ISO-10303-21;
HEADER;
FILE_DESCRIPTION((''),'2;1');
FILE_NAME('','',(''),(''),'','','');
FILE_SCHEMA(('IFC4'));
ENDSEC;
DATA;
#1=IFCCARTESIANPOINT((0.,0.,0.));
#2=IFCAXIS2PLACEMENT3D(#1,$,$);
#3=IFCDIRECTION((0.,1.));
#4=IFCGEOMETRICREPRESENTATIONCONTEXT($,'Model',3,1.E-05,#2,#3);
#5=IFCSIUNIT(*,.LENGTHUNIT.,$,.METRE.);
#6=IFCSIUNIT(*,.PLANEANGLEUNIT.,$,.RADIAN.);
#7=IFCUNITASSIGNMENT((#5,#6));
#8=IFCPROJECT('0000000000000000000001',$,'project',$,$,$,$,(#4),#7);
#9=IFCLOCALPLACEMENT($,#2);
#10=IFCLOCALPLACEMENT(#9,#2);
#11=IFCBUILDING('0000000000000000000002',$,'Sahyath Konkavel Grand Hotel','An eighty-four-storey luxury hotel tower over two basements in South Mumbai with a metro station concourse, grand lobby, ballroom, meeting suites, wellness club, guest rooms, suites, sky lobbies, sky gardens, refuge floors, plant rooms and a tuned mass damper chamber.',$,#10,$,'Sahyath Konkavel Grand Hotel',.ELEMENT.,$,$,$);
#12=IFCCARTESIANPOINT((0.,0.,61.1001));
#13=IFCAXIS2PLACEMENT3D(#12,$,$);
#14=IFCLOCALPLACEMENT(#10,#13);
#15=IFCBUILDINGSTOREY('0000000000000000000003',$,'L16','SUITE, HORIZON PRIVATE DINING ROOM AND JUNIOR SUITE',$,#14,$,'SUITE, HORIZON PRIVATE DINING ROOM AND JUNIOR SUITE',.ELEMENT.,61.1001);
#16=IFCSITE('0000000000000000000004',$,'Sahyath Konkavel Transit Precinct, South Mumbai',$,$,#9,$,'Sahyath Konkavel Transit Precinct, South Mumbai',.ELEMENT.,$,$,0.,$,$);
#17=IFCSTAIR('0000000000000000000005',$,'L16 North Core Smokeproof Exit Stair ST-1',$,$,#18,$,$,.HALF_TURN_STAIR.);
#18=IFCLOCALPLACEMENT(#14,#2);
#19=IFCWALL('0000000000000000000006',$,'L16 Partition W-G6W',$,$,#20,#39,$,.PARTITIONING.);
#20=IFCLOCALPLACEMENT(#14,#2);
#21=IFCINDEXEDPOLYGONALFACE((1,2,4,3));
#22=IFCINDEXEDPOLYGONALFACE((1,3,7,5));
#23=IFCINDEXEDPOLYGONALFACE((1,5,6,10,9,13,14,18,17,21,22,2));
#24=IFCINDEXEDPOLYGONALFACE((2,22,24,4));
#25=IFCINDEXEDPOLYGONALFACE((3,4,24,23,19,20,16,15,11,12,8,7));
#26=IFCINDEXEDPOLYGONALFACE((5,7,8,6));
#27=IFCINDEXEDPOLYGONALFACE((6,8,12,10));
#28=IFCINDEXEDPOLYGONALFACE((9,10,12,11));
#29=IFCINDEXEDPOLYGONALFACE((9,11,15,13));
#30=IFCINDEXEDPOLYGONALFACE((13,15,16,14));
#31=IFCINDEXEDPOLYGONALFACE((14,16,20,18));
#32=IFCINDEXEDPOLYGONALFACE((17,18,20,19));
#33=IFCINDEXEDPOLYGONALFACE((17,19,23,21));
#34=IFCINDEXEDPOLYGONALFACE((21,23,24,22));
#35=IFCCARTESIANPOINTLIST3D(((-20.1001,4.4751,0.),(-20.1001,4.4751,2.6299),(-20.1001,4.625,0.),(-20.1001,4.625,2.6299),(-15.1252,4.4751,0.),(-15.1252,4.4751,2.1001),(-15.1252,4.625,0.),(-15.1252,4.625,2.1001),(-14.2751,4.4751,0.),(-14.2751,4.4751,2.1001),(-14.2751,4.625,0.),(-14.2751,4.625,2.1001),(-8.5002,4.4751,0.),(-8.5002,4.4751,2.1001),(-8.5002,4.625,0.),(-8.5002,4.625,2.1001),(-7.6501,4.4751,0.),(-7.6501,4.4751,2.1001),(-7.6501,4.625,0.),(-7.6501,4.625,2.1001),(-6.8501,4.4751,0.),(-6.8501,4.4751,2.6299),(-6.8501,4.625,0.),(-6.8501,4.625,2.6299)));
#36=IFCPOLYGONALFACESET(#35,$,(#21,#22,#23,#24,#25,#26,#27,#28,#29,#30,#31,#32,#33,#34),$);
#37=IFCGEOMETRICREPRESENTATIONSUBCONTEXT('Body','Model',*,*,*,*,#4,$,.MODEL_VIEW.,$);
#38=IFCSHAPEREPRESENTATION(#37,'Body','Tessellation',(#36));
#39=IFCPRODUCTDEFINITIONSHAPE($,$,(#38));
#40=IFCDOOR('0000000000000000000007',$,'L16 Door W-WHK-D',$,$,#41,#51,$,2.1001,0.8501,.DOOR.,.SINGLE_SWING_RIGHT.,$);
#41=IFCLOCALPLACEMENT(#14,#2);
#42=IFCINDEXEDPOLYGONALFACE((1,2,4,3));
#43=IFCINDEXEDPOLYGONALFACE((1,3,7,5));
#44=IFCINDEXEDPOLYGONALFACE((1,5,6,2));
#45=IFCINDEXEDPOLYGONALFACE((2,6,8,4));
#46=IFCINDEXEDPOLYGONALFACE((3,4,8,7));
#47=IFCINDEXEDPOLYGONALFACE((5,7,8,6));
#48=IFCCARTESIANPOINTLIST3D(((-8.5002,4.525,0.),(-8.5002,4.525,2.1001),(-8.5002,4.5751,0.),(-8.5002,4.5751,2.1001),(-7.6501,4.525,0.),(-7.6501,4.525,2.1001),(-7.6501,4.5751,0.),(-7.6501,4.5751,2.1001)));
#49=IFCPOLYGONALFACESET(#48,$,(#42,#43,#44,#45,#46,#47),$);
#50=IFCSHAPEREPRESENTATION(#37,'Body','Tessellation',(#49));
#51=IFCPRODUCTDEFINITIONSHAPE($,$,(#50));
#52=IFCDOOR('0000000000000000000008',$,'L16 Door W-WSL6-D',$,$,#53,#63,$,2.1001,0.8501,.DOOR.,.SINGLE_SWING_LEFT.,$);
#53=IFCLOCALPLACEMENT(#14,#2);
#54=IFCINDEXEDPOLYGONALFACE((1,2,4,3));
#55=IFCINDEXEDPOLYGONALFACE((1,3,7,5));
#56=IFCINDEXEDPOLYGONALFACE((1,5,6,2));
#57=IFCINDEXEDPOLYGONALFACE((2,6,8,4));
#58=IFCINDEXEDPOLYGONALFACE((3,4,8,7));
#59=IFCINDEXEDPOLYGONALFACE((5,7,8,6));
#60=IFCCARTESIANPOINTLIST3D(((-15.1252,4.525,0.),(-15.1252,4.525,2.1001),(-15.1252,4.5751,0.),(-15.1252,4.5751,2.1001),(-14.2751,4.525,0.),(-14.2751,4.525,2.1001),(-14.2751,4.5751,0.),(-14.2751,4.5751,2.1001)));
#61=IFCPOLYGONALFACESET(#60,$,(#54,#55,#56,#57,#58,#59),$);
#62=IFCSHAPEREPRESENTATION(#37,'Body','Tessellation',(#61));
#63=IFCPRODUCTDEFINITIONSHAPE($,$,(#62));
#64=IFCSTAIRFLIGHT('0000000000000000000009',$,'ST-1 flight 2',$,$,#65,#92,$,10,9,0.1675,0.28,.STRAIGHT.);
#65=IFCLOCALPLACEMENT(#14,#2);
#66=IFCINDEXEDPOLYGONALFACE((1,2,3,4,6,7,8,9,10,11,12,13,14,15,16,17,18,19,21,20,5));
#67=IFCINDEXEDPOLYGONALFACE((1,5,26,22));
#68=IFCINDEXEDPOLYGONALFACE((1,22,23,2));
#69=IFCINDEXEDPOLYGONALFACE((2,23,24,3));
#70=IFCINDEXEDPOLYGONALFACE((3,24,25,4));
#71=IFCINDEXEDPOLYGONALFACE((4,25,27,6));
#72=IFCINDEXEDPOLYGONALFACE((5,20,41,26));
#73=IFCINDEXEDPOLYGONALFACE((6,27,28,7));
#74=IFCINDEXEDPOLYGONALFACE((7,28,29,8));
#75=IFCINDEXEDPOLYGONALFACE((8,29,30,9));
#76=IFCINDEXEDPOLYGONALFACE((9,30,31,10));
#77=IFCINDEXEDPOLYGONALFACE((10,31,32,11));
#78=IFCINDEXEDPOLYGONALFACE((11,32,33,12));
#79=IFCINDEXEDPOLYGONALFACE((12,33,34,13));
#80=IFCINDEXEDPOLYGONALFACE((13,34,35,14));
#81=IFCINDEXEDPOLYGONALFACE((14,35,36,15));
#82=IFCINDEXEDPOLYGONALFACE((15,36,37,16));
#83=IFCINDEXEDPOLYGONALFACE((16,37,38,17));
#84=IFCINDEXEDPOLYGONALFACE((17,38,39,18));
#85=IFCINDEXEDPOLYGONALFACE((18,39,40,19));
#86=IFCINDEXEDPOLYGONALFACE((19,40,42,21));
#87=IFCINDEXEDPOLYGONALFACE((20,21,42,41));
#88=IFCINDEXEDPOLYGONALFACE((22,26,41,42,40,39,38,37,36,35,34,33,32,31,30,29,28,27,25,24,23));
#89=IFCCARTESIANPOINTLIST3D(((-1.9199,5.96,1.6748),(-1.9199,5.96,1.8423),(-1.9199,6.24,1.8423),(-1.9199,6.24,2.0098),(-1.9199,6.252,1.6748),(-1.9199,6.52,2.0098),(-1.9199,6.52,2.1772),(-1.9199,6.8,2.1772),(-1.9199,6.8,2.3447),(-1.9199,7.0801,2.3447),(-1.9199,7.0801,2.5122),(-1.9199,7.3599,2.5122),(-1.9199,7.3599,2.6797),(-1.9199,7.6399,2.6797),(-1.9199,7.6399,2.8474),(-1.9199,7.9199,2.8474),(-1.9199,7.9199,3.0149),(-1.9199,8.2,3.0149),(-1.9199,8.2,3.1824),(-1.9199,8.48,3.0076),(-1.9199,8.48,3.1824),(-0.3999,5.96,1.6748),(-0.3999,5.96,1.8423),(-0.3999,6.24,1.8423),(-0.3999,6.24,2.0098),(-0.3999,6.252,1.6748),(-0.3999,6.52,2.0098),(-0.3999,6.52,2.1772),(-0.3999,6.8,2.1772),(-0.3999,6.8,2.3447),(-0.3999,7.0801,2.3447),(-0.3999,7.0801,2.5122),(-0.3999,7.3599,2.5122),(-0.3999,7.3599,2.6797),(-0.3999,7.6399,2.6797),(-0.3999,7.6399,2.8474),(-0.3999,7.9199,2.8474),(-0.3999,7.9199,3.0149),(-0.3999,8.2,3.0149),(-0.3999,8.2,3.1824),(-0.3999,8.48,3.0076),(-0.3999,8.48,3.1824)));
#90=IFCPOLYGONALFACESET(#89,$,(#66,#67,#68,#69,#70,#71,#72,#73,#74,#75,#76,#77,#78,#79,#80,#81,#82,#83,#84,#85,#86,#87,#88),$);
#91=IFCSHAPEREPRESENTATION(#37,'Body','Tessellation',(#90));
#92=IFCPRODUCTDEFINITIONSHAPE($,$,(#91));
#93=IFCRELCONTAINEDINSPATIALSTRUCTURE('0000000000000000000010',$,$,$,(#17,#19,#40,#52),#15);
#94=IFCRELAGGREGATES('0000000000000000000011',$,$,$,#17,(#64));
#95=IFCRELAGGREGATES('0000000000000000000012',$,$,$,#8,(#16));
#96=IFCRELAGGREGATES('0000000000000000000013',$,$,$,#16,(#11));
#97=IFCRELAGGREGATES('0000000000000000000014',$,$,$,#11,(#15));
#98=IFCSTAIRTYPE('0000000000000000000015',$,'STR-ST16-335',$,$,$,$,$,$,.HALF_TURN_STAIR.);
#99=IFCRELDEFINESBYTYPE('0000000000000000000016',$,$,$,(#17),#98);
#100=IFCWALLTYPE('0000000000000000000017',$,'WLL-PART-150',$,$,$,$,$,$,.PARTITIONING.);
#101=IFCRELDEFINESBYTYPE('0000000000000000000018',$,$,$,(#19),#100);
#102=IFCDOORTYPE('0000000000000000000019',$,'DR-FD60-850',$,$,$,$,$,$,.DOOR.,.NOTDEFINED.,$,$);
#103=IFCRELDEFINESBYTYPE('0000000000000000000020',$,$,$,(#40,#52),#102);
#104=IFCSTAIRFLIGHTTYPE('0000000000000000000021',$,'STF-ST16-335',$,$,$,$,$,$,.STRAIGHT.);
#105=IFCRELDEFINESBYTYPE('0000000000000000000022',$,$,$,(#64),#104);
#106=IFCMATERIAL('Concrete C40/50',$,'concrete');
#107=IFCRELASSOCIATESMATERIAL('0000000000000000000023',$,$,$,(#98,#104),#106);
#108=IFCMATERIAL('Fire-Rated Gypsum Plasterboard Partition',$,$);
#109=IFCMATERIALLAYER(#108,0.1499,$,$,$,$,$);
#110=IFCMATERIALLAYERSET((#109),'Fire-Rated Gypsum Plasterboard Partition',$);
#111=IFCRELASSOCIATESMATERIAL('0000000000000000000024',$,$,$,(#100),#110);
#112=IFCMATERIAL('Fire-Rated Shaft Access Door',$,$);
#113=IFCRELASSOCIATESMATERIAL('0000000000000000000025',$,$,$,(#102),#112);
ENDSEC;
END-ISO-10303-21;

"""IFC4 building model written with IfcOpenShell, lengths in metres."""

from ifc_helpers import new_model, si_unit, direction, frame, frame_2d, origin, origin_2d, place, context, subcontext, project, spatial, polyline, rectangle, outline, extrude, source, transform, mapped, material, layer, layer_set, type_object, element, fill, aggregate, save


model = new_model("IFC4")

# Units and contexts
model_context = context("Model", 3, precision=1e-05, world=origin(), true_north=direction((0.0, 1.0)))
body_context = subcontext(model_context, "Body", "Model", "MODEL_VIEW")
ifc_project = project(units=[si_unit("LENGTHUNIT", "METRE"), si_unit("PLANEANGLEUNIT", "RADIAN")], contexts=[model_context])

# Site, building, storey
site_placement = place(None, origin())
site = spatial("IfcSite", under=ifc_project, at=site_placement, Name="Sahyath Konkavel Transit Precinct, South Mumbai", LongName="Sahyath Konkavel Transit Precinct, South Mumbai", CompositionType="ELEMENT", RefElevation=0.0)
building_placement = place(site_placement, origin())
building = spatial("IfcBuilding", under=site, at=building_placement, Name="Sahyath Konkavel Grand Hotel", Description="An eighty-four-storey luxury hotel tower over two basements in South Mumbai with a metro station concourse, grand lobby, ballroom, meeting suites, wellness club, guest rooms, suites, sky lobbies, sky gardens, refuge floors, plant rooms and a tuned mass damper chamber.", LongName="Sahyath Konkavel Grand Hotel", CompositionType="ELEMENT")
storey_placement = place(building_placement, frame((0.0, 0.0, 61.1001)))
storey = spatial("IfcBuildingStorey", under=building, at=storey_placement, Name="L16", Description="SUITE, HORIZON PRIVATE DINING ROOM AND JUNIOR SUITE", LongName="SUITE, HORIZON PRIVATE DINING ROOM AND JUNIOR SUITE", CompositionType="ELEMENT", Elevation=61.1001)

# Shared definitions
ifc_material_1 = material(Name="Concrete C40/50", Category="concrete")

# Stair
stair_type = type_object("IfcStairType", Name="STR-ST16-335", PredefinedType="HALF_TURN_STAIR", material=ifc_material_1)
stair_placement = place(storey_placement, origin())
stair = element("IfcStair", 1, at=stair_placement, inside=storey, type_object=stair_type, Name="L16 North Core Smokeproof Exit Stair ST-1", PredefinedType="HALF_TURN_STAIR")

# Shared definitions
ifc_material_2 = material(Name="Fire-Rated Gypsum Plasterboard Partition")
ifc_layer_1 = layer(ifc_material_2, 0.1499)
ifc_layer_set_1 = layer_set([ifc_layer_1], Name="Fire-Rated Gypsum Plasterboard Partition")
wall_type_1 = type_object("IfcWallType", Name="WLL-PART-150", PredefinedType="PARTITIONING", material=ifc_layer_set_1)
ifc_material_3 = material(Name="Fire-Rated Shaft Access Door")
door_type = type_object("IfcDoorType", Name="DR-FD60-850", OperationType="NOTDEFINED", PredefinedType="DOOR", material=ifc_material_3)
shared_shape_1 = source(origin(), body_context, "Body", "SweptSolid", [
    extrude(rectangle(XDim=0.8501, YDim=0.05, at=origin_2d()), origin(), (0.0, 0.0, 1.0), 2.1001),
])

# Wall, openings, doors
wall_1_placement = place(storey_placement, frame((-6.8501, 4.55, 0.0), z_axis=(0.0, 0.0, 1.0), x_axis=(-1.0, 0.0, 0.0)))
wall_1 = element("IfcWall", 2, at=wall_1_placement, inside=storey, type_object=wall_type_1, Name="L16 Partition W-G6W", PredefinedType="PARTITIONING", context=body_context, shape_type="SweptSolid", body=[
    extrude(rectangle(XDim=13.25, YDim=0.1499, at=frame_2d((6.625, 0.0))), origin(), (0.0, 0.0, 1.0), 2.6299),
])
opening_1_placement = place(wall_1_placement, frame((0.8, 0.0, 0.0)))
opening_1 = element("IfcOpeningElement", 3, at=opening_1_placement, cuts=wall_1, PredefinedType="OPENING", context=body_context, shape_type="SweptSolid", body=[
    extrude(rectangle(XDim=0.8501, YDim=2.1001, at=frame_2d((0.425, 1.05))), frame((0.0, 0.085, 0.0), z_axis=(0.0, -1.0, 0.0), x_axis=(1.0, 0.0, 0.0)), (0.0, 0.0, 1.0), 0.1699),
])
opening_2_placement = place(wall_1_placement, frame((7.425, 0.0, 0.0)))
opening_2 = element("IfcOpeningElement", 4, at=opening_2_placement, cuts=wall_1, PredefinedType="OPENING", context=body_context, shape_type="SweptSolid", body=[
    extrude(rectangle(XDim=0.8501, YDim=2.1001, at=frame_2d((0.425, 1.05))), frame((0.0, 0.085, 0.0), z_axis=(0.0, -1.0, 0.0), x_axis=(1.0, 0.0, 0.0)), (0.0, 0.0, 1.0), 0.1699),
])
door_1_placement = place(opening_1_placement, frame((0.425, 0.0, 0.0)))
door_1 = element("IfcDoor", 5, at=door_1_placement, inside=storey, type_object=door_type, Name="L16 Door W-WHK-D", OperationType="SINGLE_SWING_RIGHT", OverallHeight=2.1001, OverallWidth=0.8501, PredefinedType="DOOR", context=body_context, shape_type="MappedRepresentation", body=[
    mapped(shared_shape_1, transform((0.0, 0.0, 0.0), scale=1.0)),
])
fill(opening_1, door_1)
door_2_placement = place(opening_2_placement, frame((0.425, 0.0, 0.0)))
door_2 = element("IfcDoor", 6, at=door_2_placement, inside=storey, type_object=door_type, Name="L16 Door W-WSL6-D", OperationType="SINGLE_SWING_LEFT", OverallHeight=2.1001, OverallWidth=0.8501, PredefinedType="DOOR", context=body_context, shape_type="MappedRepresentation", body=[
    mapped(shared_shape_1, transform((0.0, 0.0, 0.0), scale=1.0)),
])
fill(opening_2, door_2)

# Stair flight
stair_flight_type = type_object("IfcStairFlightType", Name="STF-ST16-335", PredefinedType="STRAIGHT", material=ifc_material_1)
stair_flight_placement = place(storey_placement, frame((-1.1599, 5.96, 1.6748), z_axis=(0.0, 0.0, 1.0), x_axis=(0.0, 1.0, 0.0)))
stair_flight = element("IfcStairFlight", 7, at=stair_flight_placement, type_object=stair_flight_type, Name="ST-1 flight 2", NumberOfRisers=10, NumberOfTreads=9, PredefinedType="STRAIGHT", RiserHeight=0.1675, TreadLength=0.28, context=body_context, shape_type="SweptSolid", body=[
    extrude(outline(polyline([(0.0, 0.0), (0.0, 0.1675), (0.28, 0.1675), (0.28, 0.335), (0.5601, 0.335), (0.5601, 0.5024), (0.8401, 0.5024), (0.8401, 0.6699), (1.1201, 0.6699), (1.1201, 0.8374), (1.3999, 0.8374), (1.3999, 1.0049), (1.6799, 1.0049), (1.6799, 1.1726), (1.96, 1.1726), (1.96, 1.3401), (2.24, 1.3401), (2.24, 1.5076), (2.52, 1.5076), (2.52, 1.675), (2.52, 1.3328), (0.292, 0.0), (0.0, 0.0)])), frame((0.0, 0.76, 0.0), z_axis=(0.0, -1.0, 0.0), x_axis=(1.0, 0.0, 0.0)), (0.0, 0.0, 1.0), 1.52),
])
aggregate(stair, [stair_flight])

save(model, "model.ifc")
